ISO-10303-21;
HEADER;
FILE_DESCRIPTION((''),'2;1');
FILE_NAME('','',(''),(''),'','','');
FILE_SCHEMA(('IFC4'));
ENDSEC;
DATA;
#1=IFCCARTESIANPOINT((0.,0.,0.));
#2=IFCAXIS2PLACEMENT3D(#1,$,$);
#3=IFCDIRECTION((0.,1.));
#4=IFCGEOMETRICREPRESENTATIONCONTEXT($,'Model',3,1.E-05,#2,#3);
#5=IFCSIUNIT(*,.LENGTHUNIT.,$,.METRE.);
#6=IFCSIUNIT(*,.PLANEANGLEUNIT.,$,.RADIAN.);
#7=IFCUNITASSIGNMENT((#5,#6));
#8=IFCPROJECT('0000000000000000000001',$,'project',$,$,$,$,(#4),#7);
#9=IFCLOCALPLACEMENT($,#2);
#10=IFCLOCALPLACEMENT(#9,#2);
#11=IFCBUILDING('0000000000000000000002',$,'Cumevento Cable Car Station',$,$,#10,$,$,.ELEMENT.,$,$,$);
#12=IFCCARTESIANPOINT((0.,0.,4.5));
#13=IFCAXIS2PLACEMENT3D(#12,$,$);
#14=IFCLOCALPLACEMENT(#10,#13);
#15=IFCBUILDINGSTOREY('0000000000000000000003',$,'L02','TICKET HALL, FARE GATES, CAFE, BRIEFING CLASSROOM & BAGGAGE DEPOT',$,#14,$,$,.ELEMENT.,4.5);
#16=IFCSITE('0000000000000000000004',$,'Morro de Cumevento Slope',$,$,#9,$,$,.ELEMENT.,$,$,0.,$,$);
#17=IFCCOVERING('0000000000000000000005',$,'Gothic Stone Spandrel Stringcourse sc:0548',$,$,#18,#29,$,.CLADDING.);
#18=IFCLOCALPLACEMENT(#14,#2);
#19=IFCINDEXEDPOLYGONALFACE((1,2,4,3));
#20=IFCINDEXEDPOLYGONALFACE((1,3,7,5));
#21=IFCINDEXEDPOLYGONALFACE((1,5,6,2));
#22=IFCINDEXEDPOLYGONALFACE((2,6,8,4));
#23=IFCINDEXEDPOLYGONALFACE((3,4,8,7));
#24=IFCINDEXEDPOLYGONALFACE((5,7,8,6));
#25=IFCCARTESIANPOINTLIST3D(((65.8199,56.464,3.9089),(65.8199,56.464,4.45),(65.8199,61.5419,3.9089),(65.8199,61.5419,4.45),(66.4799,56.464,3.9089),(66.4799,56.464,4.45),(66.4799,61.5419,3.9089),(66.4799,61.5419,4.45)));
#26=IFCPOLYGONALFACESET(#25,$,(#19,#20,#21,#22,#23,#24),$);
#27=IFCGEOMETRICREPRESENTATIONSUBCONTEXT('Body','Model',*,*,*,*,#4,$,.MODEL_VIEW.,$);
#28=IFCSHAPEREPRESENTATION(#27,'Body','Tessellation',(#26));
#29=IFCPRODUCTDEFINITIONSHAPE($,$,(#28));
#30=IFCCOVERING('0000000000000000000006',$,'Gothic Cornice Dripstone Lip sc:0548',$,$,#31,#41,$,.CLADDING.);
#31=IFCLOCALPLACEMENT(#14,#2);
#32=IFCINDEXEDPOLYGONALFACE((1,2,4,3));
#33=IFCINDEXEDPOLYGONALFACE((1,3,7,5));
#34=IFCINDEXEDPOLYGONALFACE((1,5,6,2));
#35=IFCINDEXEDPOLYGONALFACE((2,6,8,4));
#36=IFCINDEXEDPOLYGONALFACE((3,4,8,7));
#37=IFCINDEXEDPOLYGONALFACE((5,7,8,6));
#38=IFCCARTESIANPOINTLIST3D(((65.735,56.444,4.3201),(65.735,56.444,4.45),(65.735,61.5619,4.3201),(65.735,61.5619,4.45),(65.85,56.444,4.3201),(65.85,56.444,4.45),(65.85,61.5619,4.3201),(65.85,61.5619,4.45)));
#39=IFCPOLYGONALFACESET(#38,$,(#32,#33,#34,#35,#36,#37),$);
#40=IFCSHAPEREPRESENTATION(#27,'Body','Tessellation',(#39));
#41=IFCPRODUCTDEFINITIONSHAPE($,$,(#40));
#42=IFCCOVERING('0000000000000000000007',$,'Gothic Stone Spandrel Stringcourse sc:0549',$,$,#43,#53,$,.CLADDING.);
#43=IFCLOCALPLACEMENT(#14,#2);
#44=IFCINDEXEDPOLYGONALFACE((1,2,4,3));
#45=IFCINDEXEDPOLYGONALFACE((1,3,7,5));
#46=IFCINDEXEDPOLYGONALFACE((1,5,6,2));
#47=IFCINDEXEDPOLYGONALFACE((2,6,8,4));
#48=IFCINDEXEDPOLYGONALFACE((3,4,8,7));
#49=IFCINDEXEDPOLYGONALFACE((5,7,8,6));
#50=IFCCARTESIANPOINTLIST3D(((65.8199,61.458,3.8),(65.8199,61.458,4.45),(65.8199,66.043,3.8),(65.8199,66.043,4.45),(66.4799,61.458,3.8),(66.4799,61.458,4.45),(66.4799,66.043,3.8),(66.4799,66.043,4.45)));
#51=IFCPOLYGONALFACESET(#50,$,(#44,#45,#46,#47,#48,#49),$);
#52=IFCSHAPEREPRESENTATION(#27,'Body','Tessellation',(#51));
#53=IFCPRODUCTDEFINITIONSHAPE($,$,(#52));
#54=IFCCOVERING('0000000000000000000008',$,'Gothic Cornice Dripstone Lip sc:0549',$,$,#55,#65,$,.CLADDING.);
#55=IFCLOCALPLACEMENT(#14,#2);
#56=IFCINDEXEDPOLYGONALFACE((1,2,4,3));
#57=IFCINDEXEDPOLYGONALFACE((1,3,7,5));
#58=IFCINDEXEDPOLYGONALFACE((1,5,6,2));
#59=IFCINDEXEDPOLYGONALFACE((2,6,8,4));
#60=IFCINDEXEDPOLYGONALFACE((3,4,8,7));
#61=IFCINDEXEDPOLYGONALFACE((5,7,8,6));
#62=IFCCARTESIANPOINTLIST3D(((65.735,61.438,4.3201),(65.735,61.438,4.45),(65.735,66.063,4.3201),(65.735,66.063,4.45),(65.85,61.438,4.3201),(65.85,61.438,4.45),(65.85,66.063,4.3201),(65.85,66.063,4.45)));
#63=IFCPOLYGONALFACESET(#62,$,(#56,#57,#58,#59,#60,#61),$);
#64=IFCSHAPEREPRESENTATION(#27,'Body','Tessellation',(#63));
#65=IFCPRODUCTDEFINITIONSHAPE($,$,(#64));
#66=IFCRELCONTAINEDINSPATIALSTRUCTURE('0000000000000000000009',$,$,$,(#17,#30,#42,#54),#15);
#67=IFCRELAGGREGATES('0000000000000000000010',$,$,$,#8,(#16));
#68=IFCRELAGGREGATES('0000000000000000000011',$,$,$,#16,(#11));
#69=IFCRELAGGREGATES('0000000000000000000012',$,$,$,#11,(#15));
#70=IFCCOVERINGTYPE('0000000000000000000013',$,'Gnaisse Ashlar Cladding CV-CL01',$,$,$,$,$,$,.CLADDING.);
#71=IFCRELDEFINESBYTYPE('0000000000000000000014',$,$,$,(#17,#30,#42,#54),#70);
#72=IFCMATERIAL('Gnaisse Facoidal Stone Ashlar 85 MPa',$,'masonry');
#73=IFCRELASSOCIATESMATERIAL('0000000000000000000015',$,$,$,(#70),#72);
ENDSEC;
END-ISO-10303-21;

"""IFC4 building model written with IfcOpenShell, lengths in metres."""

from ifc_helpers import new_model, si_unit, direction, frame, origin, origin_2d, place, context, subcontext, project, spatial, rectangle, extrude, material, type_object, element, save


model = new_model("IFC4")

# Units and contexts
model_context = context("Model", 3, precision=1e-05, world=origin(), true_north=direction((0.0, 1.0)))
body_context = subcontext(model_context, "Body", "Model", "MODEL_VIEW")
ifc_project = project(units=[si_unit("LENGTHUNIT", "METRE"), si_unit("PLANEANGLEUNIT", "RADIAN")], contexts=[model_context])

# Site, building, storey
site_placement = place(None, origin())
site = spatial("IfcSite", under=ifc_project, at=site_placement, Name="Morro de Cumevento Slope", CompositionType="ELEMENT", RefElevation=0.0)
building_placement = place(site_placement, origin())
building = spatial("IfcBuilding", under=site, at=building_placement, Name="Cumevento Cable Car Station", CompositionType="ELEMENT")
storey_placement = place(building_placement, frame((0.0, 0.0, 4.5)))
storey = spatial("IfcBuildingStorey", under=building, at=storey_placement, Name="L02", Description="TICKET HALL, FARE GATES, CAFE, BRIEFING CLASSROOM & BAGGAGE DEPOT", CompositionType="ELEMENT", Elevation=4.5)

# Coverings
ifc_material_1 = material(Name="Gnaisse Facoidal Stone Ashlar 85 MPa", Category="masonry")
covering_type = type_object("IfcCoveringType", Name="Gnaisse Ashlar Cladding CV-CL01", PredefinedType="CLADDING", material=ifc_material_1)
covering_1_placement = place(storey_placement, frame((66.1499, 59.0029, 3.9089), z_axis=(0.0, 0.0, 1.0), x_axis=(0.0, 1.0, 0.0)))
element("IfcCovering", 1, at=covering_1_placement, inside=storey, type_object=covering_type, Name="Gothic Stone Spandrel Stringcourse sc:0548", PredefinedType="CLADDING", context=body_context, shape_type="SweptSolid", body=[
    extrude(rectangle(XDim=5.0779, YDim=0.6599, at=origin_2d()), origin(), (0.0, 0.0, 1.0), 0.541),
])
covering_2_placement = place(storey_placement, frame((65.7925, 59.0029, 4.3201), z_axis=(0.0, 0.0, 1.0), x_axis=(0.0, 1.0, 0.0)))
element("IfcCovering", 2, at=covering_2_placement, inside=storey, type_object=covering_type, Name="Gothic Cornice Dripstone Lip sc:0548", PredefinedType="CLADDING", context=body_context, shape_type="SweptSolid", body=[
    extrude(rectangle(XDim=5.1179, YDim=0.115, at=origin_2d()), origin(), (0.0, 0.0, 1.0), 0.1299),
])
covering_3_placement = place(storey_placement, frame((66.1499, 63.7505, 3.8), z_axis=(0.0, 0.0, 1.0), x_axis=(0.0, 1.0, 0.0)))
element("IfcCovering", 3, at=covering_3_placement, inside=storey, type_object=covering_type, Name="Gothic Stone Spandrel Stringcourse sc:0549", PredefinedType="CLADDING", context=body_context, shape_type="SweptSolid", body=[
    extrude(rectangle(XDim=4.585, YDim=0.6599, at=origin_2d()), origin(), (0.0, 0.0, 1.0), 0.6499),
])
covering_4_placement = place(storey_placement, frame((65.7925, 63.7505, 4.3201), z_axis=(0.0, 0.0, 1.0), x_axis=(0.0, 1.0, 0.0)))
element("IfcCovering", 4, at=covering_4_placement, inside=storey, type_object=covering_type, Name="Gothic Cornice Dripstone Lip sc:0549", PredefinedType="CLADDING", context=body_context, shape_type="SweptSolid", body=[
    extrude(rectangle(XDim=4.625, YDim=0.115, at=origin_2d()), origin(), (0.0, 0.0, 1.0), 0.1299),
])

save(model, "model.ifc")
